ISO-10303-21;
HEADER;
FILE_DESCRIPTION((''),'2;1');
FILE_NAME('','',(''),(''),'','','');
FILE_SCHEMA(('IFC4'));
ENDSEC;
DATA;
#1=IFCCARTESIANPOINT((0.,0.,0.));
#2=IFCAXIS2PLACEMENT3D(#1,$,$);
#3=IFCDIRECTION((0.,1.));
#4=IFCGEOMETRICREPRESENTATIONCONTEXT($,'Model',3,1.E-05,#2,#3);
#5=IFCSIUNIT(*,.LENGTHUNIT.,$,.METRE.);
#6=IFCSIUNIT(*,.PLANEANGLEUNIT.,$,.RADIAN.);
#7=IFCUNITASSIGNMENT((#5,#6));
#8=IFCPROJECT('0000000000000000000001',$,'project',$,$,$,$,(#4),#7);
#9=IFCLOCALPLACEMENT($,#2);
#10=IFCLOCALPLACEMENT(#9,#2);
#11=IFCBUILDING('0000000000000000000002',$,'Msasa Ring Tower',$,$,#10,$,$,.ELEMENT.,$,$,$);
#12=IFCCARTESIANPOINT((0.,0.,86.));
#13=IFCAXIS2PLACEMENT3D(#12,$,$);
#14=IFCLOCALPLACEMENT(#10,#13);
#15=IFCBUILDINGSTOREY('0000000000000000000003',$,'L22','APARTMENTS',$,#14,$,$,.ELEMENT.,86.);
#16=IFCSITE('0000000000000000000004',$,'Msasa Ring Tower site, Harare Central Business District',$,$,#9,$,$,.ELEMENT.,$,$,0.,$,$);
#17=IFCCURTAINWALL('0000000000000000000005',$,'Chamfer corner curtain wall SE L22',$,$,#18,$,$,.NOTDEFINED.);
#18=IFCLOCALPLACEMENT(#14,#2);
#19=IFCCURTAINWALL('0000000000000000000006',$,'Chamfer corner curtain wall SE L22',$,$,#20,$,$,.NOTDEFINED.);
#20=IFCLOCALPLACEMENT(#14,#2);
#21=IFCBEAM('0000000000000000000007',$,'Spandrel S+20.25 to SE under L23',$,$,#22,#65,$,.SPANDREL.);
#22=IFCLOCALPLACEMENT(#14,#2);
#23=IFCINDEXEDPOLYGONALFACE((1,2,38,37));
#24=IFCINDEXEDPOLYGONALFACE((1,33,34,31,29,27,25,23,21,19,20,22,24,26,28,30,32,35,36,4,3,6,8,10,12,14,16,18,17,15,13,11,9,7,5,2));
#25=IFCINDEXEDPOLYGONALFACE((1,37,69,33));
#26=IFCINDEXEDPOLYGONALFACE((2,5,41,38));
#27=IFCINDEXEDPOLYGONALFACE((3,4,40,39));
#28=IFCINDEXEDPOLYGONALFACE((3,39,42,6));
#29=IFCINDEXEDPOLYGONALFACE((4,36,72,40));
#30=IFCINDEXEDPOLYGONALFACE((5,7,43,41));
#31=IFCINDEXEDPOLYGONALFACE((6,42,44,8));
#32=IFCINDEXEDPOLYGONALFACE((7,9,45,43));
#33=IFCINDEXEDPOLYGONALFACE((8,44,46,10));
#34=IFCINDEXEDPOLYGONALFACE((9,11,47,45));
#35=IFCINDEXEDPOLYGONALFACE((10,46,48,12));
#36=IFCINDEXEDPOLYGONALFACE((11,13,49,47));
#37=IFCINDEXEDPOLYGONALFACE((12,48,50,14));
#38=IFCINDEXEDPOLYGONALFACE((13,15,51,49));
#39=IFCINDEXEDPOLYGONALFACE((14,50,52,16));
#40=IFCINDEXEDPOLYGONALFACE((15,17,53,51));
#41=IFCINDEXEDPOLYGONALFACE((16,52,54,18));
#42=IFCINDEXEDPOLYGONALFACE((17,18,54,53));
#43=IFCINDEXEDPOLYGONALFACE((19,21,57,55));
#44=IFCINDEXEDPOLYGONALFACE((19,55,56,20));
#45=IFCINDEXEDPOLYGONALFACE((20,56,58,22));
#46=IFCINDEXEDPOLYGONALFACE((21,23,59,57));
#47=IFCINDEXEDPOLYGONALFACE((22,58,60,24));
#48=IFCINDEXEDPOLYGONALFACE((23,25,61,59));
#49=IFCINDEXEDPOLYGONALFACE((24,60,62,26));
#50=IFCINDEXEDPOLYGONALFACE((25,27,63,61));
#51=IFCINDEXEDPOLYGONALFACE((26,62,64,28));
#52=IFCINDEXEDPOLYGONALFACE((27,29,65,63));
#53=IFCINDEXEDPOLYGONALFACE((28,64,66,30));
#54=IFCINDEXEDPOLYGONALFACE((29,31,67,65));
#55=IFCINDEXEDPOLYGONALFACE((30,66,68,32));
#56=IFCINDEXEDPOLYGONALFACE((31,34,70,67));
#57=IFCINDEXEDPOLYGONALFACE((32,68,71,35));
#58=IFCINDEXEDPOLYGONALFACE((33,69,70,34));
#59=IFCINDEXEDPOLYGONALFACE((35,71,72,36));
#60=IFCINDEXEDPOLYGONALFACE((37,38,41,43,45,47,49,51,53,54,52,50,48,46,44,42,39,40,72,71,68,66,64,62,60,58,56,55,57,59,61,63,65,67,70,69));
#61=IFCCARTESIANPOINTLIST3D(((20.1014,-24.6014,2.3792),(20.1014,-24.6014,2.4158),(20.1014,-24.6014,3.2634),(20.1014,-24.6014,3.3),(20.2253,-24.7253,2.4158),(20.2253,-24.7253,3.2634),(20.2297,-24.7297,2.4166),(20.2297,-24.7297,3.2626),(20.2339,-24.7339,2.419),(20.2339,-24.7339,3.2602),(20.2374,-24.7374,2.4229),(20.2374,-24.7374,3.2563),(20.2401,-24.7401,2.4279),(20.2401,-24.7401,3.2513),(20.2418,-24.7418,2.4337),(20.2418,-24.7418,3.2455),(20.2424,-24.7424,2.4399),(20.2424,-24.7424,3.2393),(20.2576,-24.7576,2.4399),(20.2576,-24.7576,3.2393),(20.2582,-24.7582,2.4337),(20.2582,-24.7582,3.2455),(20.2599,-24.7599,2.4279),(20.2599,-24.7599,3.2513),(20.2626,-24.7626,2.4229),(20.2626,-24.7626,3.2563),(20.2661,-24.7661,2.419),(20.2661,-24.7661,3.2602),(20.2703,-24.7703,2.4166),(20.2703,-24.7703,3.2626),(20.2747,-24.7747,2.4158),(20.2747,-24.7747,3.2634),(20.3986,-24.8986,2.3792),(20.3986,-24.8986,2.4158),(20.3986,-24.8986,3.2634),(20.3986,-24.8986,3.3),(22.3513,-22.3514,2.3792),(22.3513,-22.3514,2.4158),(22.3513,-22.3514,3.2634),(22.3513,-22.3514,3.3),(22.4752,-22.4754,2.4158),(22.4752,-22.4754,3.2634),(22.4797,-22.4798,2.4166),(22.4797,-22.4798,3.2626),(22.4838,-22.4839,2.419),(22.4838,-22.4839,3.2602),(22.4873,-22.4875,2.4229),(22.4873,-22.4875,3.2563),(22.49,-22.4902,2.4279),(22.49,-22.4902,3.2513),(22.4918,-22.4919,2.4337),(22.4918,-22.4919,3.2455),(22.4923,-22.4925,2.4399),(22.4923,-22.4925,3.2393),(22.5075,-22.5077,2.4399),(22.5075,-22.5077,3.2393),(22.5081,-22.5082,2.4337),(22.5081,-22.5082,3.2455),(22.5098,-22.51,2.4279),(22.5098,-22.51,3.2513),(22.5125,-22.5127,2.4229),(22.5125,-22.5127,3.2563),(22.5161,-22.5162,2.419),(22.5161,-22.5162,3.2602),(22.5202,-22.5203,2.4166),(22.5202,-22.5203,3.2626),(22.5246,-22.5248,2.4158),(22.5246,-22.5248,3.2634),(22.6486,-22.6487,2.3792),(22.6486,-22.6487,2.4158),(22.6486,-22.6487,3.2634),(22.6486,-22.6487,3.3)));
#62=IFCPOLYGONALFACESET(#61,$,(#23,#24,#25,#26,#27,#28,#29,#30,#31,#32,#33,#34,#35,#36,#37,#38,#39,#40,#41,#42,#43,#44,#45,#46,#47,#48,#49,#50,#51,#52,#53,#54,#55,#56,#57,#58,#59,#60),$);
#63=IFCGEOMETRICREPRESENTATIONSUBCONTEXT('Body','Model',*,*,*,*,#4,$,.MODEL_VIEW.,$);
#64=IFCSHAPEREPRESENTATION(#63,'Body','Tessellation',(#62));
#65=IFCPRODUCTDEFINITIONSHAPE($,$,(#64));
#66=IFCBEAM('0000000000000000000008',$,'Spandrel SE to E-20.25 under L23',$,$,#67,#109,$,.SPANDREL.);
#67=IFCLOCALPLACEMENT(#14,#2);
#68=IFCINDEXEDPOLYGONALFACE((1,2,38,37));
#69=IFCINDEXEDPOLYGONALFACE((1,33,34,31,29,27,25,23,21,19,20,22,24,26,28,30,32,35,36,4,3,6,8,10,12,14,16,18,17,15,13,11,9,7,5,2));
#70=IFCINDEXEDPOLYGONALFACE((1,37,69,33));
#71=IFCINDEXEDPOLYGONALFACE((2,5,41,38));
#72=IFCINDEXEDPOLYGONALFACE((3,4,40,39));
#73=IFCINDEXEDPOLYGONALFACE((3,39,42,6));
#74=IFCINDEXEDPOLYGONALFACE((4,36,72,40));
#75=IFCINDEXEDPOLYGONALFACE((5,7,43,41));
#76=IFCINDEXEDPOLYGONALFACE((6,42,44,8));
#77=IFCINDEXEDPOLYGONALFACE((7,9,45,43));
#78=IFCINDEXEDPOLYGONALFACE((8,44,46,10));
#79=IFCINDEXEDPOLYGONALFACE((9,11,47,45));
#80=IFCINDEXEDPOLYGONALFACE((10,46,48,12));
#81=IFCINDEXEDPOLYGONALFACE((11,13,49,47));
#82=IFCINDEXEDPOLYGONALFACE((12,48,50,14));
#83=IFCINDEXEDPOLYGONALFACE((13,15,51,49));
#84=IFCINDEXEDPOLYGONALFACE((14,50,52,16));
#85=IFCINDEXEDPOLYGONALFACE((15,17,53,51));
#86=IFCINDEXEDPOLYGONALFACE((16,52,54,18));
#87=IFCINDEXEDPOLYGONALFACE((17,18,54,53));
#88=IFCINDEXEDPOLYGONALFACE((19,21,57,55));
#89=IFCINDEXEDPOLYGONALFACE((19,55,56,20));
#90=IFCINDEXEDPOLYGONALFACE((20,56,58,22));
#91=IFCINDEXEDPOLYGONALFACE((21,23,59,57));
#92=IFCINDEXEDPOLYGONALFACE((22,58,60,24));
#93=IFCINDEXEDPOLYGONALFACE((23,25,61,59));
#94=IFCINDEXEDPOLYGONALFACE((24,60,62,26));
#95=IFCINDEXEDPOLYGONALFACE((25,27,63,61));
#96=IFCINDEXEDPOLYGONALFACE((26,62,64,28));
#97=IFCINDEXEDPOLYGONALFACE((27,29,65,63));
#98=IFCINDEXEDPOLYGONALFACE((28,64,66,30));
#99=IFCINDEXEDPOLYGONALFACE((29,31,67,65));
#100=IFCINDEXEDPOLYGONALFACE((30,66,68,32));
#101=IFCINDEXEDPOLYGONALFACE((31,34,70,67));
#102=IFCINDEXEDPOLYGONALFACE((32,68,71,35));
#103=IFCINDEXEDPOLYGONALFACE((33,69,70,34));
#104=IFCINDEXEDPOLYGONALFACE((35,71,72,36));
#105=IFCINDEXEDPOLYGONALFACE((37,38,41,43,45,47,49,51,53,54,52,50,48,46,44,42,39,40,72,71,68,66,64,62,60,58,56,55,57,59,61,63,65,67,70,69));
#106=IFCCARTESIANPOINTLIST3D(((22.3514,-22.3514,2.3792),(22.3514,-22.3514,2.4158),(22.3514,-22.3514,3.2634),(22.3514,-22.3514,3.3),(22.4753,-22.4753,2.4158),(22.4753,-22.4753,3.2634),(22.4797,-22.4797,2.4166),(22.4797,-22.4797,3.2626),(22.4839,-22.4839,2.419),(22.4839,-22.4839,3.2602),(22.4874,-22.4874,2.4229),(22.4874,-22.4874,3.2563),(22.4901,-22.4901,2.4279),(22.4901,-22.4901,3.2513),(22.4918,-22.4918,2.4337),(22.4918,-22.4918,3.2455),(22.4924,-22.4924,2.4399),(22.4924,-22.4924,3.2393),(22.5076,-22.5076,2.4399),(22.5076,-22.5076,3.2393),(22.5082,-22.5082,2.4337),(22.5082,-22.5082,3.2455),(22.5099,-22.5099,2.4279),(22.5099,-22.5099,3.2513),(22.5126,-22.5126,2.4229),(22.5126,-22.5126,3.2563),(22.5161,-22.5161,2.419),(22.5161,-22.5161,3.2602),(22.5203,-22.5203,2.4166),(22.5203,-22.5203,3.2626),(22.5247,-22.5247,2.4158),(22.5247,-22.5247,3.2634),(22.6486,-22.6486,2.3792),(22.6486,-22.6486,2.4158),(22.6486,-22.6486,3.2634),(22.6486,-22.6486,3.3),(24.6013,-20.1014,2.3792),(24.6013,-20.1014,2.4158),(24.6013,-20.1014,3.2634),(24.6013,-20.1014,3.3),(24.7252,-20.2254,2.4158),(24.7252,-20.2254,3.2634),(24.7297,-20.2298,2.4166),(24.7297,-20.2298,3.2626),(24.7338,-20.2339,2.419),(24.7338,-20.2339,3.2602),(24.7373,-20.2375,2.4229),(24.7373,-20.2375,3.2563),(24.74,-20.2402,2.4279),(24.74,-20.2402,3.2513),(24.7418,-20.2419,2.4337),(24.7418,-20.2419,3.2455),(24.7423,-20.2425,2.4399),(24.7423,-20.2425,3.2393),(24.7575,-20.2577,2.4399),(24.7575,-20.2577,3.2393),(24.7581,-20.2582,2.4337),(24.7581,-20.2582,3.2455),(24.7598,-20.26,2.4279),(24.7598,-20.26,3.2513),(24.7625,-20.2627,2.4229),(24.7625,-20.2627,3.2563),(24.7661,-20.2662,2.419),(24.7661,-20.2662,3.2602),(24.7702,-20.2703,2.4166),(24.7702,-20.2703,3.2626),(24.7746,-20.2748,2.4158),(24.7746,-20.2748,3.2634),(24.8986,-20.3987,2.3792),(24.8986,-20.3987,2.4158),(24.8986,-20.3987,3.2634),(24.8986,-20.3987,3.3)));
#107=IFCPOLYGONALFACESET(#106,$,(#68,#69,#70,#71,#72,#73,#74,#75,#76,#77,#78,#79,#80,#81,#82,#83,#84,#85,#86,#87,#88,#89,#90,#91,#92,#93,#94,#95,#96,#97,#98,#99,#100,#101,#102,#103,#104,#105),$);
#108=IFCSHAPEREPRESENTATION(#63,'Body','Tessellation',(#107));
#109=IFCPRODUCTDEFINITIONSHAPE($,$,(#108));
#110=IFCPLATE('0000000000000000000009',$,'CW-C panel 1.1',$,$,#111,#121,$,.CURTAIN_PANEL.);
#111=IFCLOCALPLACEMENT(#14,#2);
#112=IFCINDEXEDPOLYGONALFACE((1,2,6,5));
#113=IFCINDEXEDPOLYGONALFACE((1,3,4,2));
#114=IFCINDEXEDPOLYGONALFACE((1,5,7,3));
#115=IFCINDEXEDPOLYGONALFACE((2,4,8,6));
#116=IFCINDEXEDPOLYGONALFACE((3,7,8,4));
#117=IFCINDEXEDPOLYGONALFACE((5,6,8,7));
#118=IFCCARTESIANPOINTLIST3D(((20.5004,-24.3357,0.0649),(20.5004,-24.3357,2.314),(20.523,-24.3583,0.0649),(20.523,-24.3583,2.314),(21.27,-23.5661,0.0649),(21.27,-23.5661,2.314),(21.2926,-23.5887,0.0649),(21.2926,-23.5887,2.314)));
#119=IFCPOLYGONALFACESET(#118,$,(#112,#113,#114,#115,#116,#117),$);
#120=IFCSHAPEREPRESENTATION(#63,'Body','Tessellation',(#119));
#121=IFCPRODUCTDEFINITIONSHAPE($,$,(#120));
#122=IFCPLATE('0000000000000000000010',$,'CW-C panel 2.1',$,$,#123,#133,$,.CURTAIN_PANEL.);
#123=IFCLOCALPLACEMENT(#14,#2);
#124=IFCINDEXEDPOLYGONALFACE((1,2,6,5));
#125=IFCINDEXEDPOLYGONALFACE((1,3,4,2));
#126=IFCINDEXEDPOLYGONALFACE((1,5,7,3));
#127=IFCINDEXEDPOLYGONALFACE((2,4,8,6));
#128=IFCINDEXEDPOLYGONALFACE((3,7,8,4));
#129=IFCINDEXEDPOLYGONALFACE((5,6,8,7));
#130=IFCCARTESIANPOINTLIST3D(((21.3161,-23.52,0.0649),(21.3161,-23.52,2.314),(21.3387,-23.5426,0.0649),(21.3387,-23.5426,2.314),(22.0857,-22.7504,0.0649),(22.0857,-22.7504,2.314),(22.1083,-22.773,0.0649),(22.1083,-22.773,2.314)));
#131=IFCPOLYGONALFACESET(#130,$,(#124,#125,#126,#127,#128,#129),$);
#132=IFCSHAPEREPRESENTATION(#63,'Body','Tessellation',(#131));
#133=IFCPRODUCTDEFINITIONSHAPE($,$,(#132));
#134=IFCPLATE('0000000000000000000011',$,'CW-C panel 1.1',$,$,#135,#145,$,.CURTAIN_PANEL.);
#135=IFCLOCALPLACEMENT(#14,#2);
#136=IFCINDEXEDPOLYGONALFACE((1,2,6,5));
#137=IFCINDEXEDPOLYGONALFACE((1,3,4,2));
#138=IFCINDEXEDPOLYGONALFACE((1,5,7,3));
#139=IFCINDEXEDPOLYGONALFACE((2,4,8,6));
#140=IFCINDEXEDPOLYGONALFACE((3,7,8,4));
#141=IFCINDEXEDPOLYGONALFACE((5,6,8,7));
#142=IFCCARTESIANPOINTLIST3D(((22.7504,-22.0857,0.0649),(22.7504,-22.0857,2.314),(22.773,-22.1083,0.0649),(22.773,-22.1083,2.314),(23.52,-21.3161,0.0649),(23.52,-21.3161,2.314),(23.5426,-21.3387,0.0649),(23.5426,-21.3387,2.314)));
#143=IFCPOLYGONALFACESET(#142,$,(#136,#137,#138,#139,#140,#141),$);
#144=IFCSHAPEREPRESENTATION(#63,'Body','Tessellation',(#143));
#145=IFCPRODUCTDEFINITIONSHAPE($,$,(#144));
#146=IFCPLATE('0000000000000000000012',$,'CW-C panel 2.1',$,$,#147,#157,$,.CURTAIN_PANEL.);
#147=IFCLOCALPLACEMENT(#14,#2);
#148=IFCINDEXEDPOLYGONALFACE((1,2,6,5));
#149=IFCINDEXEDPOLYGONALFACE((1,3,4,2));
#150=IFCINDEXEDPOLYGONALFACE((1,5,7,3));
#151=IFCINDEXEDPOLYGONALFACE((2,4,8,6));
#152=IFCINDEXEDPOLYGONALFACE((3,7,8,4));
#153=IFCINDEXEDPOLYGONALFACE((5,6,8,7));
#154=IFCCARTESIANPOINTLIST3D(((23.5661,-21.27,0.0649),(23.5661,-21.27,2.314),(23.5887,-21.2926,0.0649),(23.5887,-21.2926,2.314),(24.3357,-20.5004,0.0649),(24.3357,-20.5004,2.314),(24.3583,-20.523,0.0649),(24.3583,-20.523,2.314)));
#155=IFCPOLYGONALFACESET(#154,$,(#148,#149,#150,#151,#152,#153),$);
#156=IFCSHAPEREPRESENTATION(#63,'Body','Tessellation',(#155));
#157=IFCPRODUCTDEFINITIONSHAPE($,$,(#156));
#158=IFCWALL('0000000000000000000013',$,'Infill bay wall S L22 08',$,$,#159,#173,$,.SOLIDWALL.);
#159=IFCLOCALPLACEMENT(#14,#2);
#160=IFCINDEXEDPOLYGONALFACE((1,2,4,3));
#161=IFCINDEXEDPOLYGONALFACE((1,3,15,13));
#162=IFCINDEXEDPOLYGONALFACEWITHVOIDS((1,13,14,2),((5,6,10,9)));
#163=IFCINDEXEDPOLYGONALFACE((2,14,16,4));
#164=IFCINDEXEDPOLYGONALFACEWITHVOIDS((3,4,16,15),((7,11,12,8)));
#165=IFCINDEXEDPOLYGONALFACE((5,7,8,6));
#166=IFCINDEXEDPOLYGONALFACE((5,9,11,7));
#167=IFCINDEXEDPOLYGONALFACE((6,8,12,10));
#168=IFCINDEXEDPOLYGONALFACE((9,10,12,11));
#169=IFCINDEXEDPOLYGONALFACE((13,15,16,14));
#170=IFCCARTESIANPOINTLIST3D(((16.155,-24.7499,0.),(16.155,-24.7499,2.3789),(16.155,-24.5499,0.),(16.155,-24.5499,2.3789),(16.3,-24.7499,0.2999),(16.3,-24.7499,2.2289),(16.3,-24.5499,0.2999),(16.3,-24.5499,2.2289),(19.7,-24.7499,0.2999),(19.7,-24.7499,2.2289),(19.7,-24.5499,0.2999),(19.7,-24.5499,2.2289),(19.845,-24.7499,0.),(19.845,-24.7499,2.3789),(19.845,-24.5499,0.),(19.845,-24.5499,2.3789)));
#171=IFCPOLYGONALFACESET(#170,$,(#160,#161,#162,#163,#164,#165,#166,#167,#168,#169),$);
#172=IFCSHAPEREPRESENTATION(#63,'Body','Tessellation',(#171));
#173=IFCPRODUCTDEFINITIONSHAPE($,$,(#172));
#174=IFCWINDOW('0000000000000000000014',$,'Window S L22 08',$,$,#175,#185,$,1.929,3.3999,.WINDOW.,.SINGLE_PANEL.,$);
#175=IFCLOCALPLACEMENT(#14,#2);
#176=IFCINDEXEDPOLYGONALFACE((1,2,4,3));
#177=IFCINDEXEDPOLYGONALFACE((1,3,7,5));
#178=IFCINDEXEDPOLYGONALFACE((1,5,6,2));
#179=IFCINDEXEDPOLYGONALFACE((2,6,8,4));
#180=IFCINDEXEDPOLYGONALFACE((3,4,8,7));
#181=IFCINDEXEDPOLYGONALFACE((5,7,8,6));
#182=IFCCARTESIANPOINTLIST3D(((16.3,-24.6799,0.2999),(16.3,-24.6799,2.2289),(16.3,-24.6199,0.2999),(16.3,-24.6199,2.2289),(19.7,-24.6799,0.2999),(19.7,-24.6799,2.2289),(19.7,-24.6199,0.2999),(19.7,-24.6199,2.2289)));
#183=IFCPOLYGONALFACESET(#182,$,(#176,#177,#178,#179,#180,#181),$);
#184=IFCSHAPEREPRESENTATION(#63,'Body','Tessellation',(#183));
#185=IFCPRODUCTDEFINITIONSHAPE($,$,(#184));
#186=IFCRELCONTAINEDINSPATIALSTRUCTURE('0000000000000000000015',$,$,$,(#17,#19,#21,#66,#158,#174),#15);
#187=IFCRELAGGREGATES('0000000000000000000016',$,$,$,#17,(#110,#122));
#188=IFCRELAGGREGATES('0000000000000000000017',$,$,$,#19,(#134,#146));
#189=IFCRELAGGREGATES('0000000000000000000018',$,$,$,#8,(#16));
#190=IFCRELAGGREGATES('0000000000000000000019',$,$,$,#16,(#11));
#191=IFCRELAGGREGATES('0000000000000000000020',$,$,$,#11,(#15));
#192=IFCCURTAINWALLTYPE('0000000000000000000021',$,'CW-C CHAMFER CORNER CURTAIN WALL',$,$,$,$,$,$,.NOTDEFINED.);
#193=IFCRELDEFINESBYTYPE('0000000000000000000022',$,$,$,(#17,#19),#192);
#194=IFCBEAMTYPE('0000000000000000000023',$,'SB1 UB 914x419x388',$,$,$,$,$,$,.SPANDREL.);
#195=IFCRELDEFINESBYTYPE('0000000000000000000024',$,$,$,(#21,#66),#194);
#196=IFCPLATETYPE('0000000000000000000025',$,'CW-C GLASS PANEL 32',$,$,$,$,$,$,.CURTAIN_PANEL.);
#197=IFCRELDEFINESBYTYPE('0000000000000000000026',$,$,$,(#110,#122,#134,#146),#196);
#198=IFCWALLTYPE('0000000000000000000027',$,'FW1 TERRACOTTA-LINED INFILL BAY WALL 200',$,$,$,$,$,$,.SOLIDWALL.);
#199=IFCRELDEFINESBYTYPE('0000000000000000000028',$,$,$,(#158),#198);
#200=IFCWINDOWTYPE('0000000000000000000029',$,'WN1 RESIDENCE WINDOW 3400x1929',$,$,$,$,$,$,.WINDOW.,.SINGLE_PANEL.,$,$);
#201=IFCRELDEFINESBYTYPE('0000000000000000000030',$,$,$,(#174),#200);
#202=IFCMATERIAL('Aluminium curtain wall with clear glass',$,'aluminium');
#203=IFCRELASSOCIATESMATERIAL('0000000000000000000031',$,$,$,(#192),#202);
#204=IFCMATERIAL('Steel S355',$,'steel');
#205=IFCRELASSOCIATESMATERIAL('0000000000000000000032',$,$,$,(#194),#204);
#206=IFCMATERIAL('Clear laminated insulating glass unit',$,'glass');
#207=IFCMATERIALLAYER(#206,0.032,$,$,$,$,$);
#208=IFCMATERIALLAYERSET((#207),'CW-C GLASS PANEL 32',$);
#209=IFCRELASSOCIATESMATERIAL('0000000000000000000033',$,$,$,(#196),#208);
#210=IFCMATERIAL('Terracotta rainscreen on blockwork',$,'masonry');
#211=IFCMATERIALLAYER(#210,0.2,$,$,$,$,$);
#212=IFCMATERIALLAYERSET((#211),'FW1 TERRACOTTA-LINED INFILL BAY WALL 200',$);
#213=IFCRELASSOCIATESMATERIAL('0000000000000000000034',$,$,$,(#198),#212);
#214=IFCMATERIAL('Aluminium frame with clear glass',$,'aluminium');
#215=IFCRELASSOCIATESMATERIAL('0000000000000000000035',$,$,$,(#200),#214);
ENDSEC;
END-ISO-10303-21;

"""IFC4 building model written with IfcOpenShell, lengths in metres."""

from ifc_helpers import new_model, si_unit, direction, frame, frame_2d, origin, origin_2d, place, context, subcontext, project, spatial, rectangle, i_section, extrude, material, layer, layer_set, material_profile, profile_set, type_object, element, fill, aggregate, save


model = new_model("IFC4")

# Units and contexts
model_context = context("Model", 3, precision=1e-05, world=origin(), true_north=direction((0.0, 1.0)))
body_context = subcontext(model_context, "Body", "Model", "MODEL_VIEW")
ifc_project = project(units=[si_unit("LENGTHUNIT", "METRE"), si_unit("PLANEANGLEUNIT", "RADIAN")], contexts=[model_context])

# Site, building, storey
site_placement = place(None, origin())
site = spatial("IfcSite", under=ifc_project, at=site_placement, Name="Msasa Ring Tower site, Harare Central Business District", CompositionType="ELEMENT", RefElevation=0.0)
building_placement = place(site_placement, origin())
building = spatial("IfcBuilding", under=site, at=building_placement, Name="Msasa Ring Tower", CompositionType="ELEMENT")
storey_placement = place(building_placement, frame((0.0, 0.0, 86.0)))
storey = spatial("IfcBuildingStorey", under=building, at=storey_placement, Name="L22", Description="APARTMENTS", CompositionType="ELEMENT", Elevation=86.0)

# Curtain walls
ifc_material_1 = material(Name="Aluminium curtain wall with clear glass", Category="aluminium")
curtain_wall_type = type_object("IfcCurtainWallType", Name="CW-C CHAMFER CORNER CURTAIN WALL", PredefinedType="NOTDEFINED", material=ifc_material_1)
curtain_wall_1_placement = place(storey_placement, origin())
curtain_wall_1 = element("IfcCurtainWall", 1, at=curtain_wall_1_placement, inside=storey, type_object=curtain_wall_type, Name="Chamfer corner curtain wall SE L22", PredefinedType="NOTDEFINED")
curtain_wall_2_placement = place(storey_placement, origin())
curtain_wall_2 = element("IfcCurtainWall", 2, at=curtain_wall_2_placement, inside=storey, type_object=curtain_wall_type, Name="Chamfer corner curtain wall SE L22", PredefinedType="NOTDEFINED")

# Beams
ifc_material_2 = material(Name="Steel S355", Category="steel")
ifc_material_profile_1 = material_profile(ifc_material_2, i_section(OverallWidth=0.4204, OverallDepth=0.9209, WebThickness=0.0215, FlangeThickness=0.0366, FilletRadius=0.0242, at=origin_2d()), Name="UB 914x419x388")
ifc_profile_set_1 = profile_set([ifc_material_profile_1], Name="Steel S355")
beam_type_1 = type_object("IfcBeamType", Name="SB1 UB 914x419x388", PredefinedType="SPANDREL", material=ifc_profile_set_1)
for number, where, z_axis, x_axis, name in (
    (3, (20.25, -24.75, 2.8396), (0.707107, 0.707107, 0.0), (-0.707107, 0.707107, 0.0), "Spandrel S+20.25 to SE under L23"),
    (4, (22.5, -22.5, 2.8396), (0.707107, 0.707107, 0.0), (-0.707107, 0.707107, 0.0), "Spandrel SE to E-20.25 under L23"),
):
    element("IfcBeam", number, at=place(storey_placement, frame(where, z_axis=z_axis, x_axis=x_axis)), inside=storey, type_object=beam_type_1, Name=name, PredefinedType="SPANDREL", context=body_context, shape_type="SweptSolid", body=[
        extrude(i_section(OverallWidth=0.4204, OverallDepth=0.9209, WebThickness=0.0215, FlangeThickness=0.0366, FilletRadius=0.0242, at=origin_2d()), origin(), (0.0, 0.0, 1.0), 3.1819),
    ])

# Plates
ifc_material_3 = material(Name="Clear laminated insulating glass unit", Category="glass")
ifc_layer_1 = layer(ifc_material_3, 0.032)
ifc_layer_set_1 = layer_set([ifc_layer_1], Name="CW-C GLASS PANEL 32")
plate_type = type_object("IfcPlateType", Name="CW-C GLASS PANEL 32", PredefinedType="CURTAIN_PANEL", material=ifc_layer_set_1)
plate_1_placement = place(storey_placement, frame((20.8965, -23.9622, 0.0649), z_axis=(0.0, 0.0, 1.0), x_axis=(0.707107, 0.707107, 0.0)))
plate_1 = element("IfcPlate", 5, at=plate_1_placement, type_object=plate_type, Name="CW-C panel 1.1", PredefinedType="CURTAIN_PANEL", context=body_context, shape_type="SweptSolid", body=[
    extrude(rectangle(XDim=1.0884, YDim=0.032, at=origin_2d()), origin(), (0.0, 0.0, 1.0), 2.249),
])
plate_2_placement = place(storey_placement, frame((21.7122, -23.1465, 0.0649), z_axis=(0.0, 0.0, 1.0), x_axis=(0.707107, 0.707107, 0.0)))
plate_2 = element("IfcPlate", 6, at=plate_2_placement, type_object=plate_type, Name="CW-C panel 2.1", PredefinedType="CURTAIN_PANEL", context=body_context, shape_type="SweptSolid", body=[
    extrude(rectangle(XDim=1.0884, YDim=0.032, at=origin_2d()), origin(), (0.0, 0.0, 1.0), 2.249),
])
aggregate(curtain_wall_1, [plate_1, plate_2])
plate_3_placement = place(storey_placement, frame((23.1465, -21.7122, 0.0649), z_axis=(0.0, 0.0, 1.0), x_axis=(0.707107, 0.707107, 0.0)))
plate_3 = element("IfcPlate", 7, at=plate_3_placement, type_object=plate_type, Name="CW-C panel 1.1", PredefinedType="CURTAIN_PANEL", context=body_context, shape_type="SweptSolid", body=[
    extrude(rectangle(XDim=1.0884, YDim=0.032, at=origin_2d()), origin(), (0.0, 0.0, 1.0), 2.249),
])
plate_4_placement = place(storey_placement, frame((23.9622, -20.8965, 0.0649), z_axis=(0.0, 0.0, 1.0), x_axis=(0.707107, 0.707107, 0.0)))
plate_4 = element("IfcPlate", 8, at=plate_4_placement, type_object=plate_type, Name="CW-C panel 2.1", PredefinedType="CURTAIN_PANEL", context=body_context, shape_type="SweptSolid", body=[
    extrude(rectangle(XDim=1.0884, YDim=0.032, at=origin_2d()), origin(), (0.0, 0.0, 1.0), 2.249),
])
aggregate(curtain_wall_2, [plate_3, plate_4])

# Wall, opening, window
ifc_material_4 = material(Name="Terracotta rainscreen on blockwork", Category="masonry")
ifc_layer_2 = layer(ifc_material_4, 0.2)
ifc_layer_set_2 = layer_set([ifc_layer_2], Name="FW1 TERRACOTTA-LINED INFILL BAY WALL 200")
wall_type_1 = type_object("IfcWallType", Name="FW1 TERRACOTTA-LINED INFILL BAY WALL 200", PredefinedType="SOLIDWALL", material=ifc_layer_set_2)
wall_placement = place(storey_placement, frame((16.155, -24.6499, 0.0), z_axis=(0.0, 0.0, 1.0), x_axis=(1.0, 0.0, 0.0)))
wall = element("IfcWall", 9, at=wall_placement, inside=storey, type_object=wall_type_1, Name="Infill bay wall S L22 08", PredefinedType="SOLIDWALL", context=body_context, shape_type="SweptSolid", body=[
    extrude(rectangle(XDim=3.6899, YDim=0.2, at=frame_2d((1.845, 0.0))), origin(), (0.0, 0.0, 1.0), 2.3789),
])
opening_placement = place(wall_placement, frame((0.145, 0.0, 0.3)))
opening = element("IfcOpeningElement", 10, at=opening_placement, cuts=wall, PredefinedType="OPENING", context=body_context, shape_type="SweptSolid", body=[
    extrude(rectangle(XDim=3.3999, YDim=1.929, at=frame_2d((1.7, 0.9644))), frame((0.0, 0.1099, 0.0), z_axis=(0.0, -1.0, 0.0), x_axis=(1.0, 0.0, 0.0)), (0.0, 0.0, 1.0), 0.22),
])
ifc_material_5 = material(Name="Aluminium frame with clear glass", Category="aluminium")
window_type = type_object("IfcWindowType", Name="WN1 RESIDENCE WINDOW 3400x1929", PartitioningType="SINGLE_PANEL", PredefinedType="WINDOW", material=ifc_material_5)
window_placement = place(opening_placement, origin())
window = element("IfcWindow", 11, at=window_placement, inside=storey, type_object=window_type, Name="Window S L22 08", OverallHeight=1.929, OverallWidth=3.3999, PartitioningType="SINGLE_PANEL", PredefinedType="WINDOW", context=body_context, shape_type="SweptSolid", body=[
    extrude(rectangle(XDim=3.3999, YDim=1.929, at=frame_2d((1.7, 0.9644))), frame((0.0, 0.03, 0.0), z_axis=(0.0, -1.0, 0.0), x_axis=(1.0, 0.0, 0.0)), (0.0, 0.0, 1.0), 0.0601),
])
fill(opening, window)

save(model, "model.ifc")
